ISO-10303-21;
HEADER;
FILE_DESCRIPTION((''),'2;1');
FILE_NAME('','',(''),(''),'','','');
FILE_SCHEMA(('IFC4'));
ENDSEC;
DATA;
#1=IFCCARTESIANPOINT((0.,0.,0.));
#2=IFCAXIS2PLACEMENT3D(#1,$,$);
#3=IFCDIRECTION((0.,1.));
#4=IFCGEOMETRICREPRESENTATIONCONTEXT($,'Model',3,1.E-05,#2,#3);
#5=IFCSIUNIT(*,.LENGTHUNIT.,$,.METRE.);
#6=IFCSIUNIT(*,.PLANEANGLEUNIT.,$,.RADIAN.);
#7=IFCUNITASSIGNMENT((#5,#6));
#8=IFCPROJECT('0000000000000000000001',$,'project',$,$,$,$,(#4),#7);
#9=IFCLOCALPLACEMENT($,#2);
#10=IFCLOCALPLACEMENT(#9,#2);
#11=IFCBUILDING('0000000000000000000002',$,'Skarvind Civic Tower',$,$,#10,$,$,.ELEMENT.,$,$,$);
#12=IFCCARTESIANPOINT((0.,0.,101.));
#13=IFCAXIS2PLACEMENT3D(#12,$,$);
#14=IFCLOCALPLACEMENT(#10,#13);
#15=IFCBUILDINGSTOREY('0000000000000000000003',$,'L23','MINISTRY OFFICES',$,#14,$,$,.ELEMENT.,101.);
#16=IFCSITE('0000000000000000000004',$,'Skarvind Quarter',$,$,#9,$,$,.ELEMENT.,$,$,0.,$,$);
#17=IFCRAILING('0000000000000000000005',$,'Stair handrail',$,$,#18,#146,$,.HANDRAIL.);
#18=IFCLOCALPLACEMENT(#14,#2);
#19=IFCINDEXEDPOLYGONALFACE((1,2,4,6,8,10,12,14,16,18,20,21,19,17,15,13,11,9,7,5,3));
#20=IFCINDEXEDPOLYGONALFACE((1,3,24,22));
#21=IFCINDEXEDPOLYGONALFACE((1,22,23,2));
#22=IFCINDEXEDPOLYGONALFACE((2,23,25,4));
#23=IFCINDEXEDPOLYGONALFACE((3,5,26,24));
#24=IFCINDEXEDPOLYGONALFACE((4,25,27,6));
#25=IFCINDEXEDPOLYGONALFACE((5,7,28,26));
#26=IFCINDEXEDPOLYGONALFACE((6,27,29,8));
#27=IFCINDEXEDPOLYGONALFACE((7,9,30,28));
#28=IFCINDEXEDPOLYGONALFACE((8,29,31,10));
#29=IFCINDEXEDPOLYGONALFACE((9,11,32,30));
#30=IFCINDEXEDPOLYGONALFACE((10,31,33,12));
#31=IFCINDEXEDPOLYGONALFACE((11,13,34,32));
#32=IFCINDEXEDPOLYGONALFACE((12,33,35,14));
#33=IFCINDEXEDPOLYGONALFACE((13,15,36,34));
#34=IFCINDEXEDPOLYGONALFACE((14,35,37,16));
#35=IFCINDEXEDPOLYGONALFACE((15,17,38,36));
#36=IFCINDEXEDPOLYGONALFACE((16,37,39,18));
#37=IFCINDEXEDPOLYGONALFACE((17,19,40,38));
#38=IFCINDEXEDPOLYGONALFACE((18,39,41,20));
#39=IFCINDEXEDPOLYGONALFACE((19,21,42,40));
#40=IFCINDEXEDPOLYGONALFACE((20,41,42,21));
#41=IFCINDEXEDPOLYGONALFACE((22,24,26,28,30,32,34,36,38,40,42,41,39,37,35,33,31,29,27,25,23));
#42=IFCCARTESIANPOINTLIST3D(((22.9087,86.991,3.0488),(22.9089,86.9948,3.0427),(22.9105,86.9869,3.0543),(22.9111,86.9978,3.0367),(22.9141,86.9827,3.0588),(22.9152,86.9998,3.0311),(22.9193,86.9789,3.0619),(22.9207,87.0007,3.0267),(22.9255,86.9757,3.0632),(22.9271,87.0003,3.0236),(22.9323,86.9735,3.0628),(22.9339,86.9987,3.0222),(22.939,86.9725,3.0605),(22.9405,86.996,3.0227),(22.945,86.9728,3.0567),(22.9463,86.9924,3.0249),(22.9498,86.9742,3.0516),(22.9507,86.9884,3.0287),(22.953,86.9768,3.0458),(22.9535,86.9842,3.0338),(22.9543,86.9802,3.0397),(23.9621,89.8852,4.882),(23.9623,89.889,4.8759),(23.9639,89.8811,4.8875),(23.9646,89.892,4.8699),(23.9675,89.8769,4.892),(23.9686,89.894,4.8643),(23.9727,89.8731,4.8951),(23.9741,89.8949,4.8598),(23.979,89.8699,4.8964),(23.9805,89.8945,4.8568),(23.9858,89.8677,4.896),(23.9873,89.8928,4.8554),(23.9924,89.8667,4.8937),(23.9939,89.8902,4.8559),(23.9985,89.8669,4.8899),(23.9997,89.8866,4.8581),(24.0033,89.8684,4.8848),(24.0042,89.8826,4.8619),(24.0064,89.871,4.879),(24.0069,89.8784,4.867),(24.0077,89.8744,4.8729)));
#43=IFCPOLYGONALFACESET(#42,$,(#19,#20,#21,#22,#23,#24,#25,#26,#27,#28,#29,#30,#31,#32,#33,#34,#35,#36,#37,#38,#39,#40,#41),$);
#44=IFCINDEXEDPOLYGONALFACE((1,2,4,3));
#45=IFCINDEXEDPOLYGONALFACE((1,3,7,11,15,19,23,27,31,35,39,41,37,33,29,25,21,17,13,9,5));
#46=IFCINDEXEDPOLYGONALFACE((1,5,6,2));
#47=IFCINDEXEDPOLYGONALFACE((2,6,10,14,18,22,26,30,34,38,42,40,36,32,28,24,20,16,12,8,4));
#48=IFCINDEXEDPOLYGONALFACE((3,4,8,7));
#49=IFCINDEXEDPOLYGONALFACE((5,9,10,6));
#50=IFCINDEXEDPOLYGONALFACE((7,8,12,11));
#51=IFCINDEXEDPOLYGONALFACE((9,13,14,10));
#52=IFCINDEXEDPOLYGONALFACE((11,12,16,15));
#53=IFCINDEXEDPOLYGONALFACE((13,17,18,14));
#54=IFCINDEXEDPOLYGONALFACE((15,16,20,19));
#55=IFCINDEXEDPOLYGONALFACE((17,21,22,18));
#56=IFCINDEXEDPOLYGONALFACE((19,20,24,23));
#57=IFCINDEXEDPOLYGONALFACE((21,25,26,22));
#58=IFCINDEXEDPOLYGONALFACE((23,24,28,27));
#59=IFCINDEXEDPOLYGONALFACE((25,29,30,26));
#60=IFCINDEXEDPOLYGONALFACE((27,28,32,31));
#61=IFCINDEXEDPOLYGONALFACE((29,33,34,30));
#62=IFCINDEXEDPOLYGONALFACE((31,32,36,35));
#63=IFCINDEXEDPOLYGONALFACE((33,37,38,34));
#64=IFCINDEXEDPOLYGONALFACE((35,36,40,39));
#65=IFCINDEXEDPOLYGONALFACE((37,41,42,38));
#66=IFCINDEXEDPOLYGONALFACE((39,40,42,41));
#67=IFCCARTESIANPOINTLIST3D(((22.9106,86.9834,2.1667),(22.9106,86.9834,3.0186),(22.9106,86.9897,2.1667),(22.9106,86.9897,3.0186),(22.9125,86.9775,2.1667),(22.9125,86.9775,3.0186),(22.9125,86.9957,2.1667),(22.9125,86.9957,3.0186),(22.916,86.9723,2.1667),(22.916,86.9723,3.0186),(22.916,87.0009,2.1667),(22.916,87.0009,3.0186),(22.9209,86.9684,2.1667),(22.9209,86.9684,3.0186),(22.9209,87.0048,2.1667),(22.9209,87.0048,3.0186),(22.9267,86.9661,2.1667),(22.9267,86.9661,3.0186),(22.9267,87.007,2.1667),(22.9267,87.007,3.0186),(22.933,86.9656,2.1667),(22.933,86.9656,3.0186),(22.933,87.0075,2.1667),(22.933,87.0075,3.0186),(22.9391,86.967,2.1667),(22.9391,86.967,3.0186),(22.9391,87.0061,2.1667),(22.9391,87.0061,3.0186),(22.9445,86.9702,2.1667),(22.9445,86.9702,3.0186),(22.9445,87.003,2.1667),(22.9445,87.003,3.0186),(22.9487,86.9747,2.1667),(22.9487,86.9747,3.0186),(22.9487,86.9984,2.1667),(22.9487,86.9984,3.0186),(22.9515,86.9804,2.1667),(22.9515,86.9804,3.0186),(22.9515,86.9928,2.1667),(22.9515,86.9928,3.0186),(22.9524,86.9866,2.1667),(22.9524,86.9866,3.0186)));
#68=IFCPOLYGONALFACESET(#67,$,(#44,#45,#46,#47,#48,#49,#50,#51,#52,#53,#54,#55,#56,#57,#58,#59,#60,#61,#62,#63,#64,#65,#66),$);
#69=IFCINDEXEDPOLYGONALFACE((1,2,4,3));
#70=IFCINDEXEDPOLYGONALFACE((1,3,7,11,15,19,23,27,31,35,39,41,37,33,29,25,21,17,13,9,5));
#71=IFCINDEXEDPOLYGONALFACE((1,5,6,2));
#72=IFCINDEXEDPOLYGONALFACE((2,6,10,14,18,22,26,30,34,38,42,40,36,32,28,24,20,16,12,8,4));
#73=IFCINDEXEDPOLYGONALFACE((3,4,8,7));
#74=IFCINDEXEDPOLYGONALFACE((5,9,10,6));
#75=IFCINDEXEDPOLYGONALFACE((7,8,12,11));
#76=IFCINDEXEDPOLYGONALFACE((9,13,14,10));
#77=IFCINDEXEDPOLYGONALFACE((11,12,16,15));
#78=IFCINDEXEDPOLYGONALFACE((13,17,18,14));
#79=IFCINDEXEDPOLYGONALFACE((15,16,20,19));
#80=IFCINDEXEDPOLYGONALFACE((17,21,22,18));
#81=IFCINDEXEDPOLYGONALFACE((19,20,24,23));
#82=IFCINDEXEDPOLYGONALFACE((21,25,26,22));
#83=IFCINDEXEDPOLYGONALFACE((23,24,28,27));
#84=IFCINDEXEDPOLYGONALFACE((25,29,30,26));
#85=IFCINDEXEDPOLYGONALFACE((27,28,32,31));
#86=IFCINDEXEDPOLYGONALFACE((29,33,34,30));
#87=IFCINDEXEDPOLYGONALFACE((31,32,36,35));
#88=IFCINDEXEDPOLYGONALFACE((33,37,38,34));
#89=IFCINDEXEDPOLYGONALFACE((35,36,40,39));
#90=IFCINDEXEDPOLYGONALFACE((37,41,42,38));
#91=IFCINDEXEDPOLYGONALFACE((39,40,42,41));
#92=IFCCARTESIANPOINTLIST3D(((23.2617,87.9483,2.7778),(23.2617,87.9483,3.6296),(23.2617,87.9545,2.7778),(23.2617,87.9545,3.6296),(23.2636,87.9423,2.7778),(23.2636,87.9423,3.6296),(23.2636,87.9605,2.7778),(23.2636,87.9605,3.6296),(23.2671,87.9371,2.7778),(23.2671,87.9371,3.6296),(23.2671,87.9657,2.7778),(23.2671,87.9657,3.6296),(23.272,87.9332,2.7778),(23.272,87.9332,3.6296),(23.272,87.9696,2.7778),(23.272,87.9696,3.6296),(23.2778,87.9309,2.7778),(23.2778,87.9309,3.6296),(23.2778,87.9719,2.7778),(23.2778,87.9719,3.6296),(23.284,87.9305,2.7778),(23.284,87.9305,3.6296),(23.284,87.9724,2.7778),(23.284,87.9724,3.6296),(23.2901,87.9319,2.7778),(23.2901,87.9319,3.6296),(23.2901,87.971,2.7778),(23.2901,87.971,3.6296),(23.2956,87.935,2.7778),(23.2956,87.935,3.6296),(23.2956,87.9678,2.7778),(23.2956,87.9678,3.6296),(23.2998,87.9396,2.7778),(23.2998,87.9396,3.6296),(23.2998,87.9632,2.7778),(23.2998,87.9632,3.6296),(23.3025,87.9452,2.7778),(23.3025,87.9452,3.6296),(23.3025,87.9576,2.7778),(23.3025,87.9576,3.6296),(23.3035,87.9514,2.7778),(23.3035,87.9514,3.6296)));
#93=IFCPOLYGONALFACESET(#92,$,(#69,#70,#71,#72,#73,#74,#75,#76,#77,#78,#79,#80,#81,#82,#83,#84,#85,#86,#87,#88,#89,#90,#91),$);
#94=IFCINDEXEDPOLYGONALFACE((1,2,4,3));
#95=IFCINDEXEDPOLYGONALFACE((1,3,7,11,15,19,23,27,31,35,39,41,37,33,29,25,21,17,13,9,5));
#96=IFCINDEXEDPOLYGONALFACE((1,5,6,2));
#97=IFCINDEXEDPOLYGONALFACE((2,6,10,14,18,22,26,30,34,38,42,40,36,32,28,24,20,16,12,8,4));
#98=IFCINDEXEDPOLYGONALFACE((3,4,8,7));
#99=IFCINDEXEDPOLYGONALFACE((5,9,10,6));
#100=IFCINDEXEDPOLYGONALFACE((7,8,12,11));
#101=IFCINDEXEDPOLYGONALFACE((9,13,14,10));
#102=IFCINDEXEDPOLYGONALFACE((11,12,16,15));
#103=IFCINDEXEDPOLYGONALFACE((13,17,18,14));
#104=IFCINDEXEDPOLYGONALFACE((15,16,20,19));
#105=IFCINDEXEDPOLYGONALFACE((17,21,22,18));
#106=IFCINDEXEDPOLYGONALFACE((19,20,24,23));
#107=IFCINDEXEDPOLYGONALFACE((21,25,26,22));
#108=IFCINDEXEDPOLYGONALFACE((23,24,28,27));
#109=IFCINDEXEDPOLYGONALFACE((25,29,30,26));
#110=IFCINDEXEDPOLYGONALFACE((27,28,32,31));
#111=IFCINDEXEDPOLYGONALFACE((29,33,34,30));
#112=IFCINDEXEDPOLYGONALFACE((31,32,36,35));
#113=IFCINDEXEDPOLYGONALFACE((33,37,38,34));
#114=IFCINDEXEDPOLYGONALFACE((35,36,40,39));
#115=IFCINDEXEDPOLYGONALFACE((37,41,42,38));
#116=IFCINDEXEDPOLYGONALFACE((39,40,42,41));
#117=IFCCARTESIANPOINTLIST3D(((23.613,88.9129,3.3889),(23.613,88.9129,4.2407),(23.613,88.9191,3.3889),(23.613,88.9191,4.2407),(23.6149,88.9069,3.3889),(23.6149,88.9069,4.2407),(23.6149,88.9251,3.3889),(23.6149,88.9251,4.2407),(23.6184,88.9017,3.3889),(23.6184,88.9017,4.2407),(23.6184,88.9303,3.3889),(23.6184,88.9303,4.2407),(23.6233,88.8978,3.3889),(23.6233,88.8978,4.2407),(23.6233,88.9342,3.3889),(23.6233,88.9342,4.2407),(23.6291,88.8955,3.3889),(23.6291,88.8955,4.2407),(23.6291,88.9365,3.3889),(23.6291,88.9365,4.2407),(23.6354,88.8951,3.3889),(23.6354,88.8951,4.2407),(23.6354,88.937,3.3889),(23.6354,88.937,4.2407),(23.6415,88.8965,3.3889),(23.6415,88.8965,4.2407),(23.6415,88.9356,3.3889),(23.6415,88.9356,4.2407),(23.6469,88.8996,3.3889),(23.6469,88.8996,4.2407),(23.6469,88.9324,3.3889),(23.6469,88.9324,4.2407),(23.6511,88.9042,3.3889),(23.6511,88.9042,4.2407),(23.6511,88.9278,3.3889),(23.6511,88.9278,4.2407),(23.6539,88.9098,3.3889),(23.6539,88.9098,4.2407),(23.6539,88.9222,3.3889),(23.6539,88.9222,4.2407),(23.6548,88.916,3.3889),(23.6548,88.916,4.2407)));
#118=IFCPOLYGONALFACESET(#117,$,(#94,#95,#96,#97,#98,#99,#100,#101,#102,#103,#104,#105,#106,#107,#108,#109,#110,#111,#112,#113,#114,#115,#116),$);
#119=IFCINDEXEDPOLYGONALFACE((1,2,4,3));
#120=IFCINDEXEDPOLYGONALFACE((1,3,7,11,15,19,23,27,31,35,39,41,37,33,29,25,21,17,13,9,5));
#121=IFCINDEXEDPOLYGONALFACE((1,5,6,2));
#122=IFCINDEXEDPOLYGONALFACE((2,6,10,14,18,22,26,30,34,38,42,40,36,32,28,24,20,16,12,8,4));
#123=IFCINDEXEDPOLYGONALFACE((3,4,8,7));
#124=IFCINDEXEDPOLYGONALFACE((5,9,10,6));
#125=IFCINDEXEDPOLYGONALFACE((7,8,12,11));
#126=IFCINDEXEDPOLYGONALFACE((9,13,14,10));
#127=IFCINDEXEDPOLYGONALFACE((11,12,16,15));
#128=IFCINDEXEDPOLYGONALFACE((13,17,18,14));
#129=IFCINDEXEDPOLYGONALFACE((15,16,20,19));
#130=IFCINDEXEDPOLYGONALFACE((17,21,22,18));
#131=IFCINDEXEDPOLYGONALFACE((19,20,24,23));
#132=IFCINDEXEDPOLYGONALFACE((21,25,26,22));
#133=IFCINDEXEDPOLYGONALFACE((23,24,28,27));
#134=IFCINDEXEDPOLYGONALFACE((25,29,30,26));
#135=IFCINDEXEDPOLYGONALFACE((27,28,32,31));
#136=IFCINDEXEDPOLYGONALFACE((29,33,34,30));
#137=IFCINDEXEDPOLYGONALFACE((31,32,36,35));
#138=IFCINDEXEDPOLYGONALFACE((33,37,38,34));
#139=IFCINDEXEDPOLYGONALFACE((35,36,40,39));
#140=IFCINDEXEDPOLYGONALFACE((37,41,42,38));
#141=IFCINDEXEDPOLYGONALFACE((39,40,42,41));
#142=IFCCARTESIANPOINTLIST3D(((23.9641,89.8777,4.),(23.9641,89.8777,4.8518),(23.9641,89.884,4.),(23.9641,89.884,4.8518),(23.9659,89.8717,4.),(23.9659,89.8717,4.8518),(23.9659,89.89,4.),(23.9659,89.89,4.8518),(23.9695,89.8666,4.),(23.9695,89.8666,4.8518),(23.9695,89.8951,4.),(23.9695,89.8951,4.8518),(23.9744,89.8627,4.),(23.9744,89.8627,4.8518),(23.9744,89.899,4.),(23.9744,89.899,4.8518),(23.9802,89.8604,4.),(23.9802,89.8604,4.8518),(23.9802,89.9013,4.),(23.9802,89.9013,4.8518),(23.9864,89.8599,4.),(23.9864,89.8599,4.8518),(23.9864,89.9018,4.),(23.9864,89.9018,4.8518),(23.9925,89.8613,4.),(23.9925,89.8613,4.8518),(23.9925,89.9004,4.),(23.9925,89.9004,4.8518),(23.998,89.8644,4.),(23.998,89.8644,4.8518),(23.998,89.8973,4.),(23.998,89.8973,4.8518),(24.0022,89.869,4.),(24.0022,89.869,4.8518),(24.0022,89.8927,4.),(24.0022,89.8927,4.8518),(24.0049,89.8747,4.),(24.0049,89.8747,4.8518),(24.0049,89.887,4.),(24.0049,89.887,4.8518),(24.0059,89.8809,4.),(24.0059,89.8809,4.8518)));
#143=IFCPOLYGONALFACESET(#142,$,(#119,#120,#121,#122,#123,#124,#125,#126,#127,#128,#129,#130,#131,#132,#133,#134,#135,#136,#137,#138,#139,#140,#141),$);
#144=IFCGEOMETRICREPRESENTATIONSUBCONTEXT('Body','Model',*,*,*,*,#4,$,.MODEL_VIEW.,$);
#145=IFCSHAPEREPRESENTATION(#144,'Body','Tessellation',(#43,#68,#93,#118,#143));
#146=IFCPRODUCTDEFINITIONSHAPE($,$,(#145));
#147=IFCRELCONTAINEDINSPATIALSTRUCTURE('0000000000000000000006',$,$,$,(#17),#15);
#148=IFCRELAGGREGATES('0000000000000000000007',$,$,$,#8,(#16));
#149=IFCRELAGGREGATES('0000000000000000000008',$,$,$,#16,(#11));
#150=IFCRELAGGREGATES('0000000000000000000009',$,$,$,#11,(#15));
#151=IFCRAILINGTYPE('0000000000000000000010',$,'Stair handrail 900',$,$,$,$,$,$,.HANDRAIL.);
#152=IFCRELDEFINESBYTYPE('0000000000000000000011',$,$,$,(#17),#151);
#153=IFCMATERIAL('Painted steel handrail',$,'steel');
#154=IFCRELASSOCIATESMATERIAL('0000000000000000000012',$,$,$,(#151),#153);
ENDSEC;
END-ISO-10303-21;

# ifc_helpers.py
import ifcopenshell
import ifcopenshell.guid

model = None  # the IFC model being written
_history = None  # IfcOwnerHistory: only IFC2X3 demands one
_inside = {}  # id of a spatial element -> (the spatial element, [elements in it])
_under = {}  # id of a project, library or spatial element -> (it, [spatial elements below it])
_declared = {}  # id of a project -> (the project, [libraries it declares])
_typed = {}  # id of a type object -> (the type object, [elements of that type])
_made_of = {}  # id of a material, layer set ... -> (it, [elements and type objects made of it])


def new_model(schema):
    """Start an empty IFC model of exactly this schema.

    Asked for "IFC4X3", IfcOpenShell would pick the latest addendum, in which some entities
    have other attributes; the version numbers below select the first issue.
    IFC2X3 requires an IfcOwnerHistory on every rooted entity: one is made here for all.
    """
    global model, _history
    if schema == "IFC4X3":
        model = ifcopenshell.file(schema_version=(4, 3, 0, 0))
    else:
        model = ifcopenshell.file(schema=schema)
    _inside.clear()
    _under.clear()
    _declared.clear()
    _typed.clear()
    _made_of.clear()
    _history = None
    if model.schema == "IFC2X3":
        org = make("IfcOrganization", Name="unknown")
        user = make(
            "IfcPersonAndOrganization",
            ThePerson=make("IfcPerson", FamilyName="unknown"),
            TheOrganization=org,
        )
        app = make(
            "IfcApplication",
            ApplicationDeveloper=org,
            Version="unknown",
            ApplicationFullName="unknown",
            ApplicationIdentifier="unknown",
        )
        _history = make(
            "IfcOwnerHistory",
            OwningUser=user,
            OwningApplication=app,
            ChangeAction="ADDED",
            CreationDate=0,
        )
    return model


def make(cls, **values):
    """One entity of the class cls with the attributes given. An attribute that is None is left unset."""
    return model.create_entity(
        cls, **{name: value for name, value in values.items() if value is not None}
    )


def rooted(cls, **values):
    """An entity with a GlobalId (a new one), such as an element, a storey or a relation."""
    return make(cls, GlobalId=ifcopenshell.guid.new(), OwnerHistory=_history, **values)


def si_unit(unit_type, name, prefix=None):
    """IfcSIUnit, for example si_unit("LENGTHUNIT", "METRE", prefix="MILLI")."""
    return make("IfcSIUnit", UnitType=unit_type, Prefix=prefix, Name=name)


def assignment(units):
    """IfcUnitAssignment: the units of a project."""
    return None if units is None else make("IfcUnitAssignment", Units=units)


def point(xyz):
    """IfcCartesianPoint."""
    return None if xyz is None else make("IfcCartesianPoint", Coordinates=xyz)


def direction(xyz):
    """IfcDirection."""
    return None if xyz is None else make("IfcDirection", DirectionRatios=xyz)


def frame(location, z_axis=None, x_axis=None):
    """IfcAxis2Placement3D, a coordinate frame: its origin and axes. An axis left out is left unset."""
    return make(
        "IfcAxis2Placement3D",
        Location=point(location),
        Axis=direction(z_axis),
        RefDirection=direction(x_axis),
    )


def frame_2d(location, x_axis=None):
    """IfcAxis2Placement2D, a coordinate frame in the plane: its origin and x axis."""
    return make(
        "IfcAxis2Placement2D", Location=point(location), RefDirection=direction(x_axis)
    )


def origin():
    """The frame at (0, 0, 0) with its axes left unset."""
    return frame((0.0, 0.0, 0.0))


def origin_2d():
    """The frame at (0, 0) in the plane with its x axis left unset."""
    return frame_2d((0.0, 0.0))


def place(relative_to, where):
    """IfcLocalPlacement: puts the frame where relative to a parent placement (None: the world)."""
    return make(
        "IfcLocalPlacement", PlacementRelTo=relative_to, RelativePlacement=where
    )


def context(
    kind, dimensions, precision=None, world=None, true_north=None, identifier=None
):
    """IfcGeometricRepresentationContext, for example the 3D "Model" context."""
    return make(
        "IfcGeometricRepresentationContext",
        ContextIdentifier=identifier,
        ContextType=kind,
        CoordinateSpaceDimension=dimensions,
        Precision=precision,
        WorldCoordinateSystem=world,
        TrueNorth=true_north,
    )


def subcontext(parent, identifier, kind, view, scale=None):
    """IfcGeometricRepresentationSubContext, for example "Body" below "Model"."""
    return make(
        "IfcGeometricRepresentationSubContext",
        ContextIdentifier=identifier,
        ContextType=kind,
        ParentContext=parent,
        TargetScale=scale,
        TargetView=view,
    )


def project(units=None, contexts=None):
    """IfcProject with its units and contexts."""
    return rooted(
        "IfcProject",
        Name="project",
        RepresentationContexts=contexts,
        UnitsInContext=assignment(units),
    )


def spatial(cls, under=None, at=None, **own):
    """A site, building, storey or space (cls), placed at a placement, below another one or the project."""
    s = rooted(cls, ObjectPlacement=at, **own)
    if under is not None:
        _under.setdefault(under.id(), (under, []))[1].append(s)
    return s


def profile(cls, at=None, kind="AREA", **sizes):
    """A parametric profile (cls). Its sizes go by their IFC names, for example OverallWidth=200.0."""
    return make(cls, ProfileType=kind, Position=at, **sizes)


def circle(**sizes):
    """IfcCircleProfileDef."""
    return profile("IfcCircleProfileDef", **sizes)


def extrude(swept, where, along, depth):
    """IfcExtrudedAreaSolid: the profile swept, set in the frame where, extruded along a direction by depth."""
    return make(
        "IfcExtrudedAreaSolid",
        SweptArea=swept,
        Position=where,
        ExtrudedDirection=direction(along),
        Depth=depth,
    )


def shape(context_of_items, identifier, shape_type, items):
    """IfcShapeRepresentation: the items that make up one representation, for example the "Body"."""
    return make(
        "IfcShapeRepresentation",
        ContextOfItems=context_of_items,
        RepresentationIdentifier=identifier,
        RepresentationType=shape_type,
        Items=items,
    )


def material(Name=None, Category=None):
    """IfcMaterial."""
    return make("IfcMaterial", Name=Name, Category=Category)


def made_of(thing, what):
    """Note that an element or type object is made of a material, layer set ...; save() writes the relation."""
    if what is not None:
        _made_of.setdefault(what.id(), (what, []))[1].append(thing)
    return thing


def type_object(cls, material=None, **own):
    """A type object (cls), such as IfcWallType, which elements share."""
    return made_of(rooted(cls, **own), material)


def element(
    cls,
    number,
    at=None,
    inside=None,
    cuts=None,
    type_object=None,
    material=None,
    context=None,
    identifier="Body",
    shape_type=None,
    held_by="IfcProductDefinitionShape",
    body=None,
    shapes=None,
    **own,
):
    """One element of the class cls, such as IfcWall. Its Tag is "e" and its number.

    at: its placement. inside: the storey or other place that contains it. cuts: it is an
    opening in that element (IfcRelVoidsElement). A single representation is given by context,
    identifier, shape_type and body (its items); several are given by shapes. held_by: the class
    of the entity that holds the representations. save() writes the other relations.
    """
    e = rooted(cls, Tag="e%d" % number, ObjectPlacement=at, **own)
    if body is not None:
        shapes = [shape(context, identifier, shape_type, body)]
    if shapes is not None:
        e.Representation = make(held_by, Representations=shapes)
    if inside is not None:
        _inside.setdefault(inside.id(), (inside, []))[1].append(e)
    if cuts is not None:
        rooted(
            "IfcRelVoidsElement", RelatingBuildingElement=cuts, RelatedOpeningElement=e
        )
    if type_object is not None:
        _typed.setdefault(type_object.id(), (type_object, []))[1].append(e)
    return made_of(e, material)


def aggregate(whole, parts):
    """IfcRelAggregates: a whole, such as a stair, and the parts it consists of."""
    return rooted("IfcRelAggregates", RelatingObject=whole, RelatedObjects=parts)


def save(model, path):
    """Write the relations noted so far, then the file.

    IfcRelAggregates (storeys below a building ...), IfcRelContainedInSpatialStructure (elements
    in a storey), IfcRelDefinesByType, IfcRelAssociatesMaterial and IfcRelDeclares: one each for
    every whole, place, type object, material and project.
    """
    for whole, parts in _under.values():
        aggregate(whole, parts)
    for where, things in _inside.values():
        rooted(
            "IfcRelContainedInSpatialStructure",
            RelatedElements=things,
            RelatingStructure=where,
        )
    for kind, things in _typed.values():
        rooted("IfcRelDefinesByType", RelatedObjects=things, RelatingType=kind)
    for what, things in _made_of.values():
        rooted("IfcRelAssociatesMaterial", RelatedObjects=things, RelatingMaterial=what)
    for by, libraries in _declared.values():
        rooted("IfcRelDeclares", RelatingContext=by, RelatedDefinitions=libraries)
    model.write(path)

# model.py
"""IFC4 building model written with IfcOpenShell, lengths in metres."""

from ifc_helpers import new_model, si_unit, direction, frame, origin, origin_2d, place, context, subcontext, project, spatial, circle, extrude, material, type_object, element, save


model = new_model("IFC4")

# Units and contexts
model_context = context("Model", 3, precision=1e-05, world=origin(), true_north=direction((0.0, 1.0)))
body_context = subcontext(model_context, "Body", "Model", "MODEL_VIEW")
ifc_project = project(units=[si_unit("LENGTHUNIT", "METRE"), si_unit("PLANEANGLEUNIT", "RADIAN")], contexts=[model_context])

# Site, building, storey
site_placement = place(None, origin())
site = spatial("IfcSite", under=ifc_project, at=site_placement, Name="Skarvind Quarter", CompositionType="ELEMENT", RefElevation=0.0)
building_placement = place(site_placement, origin())
building = spatial("IfcBuilding", under=site, at=building_placement, Name="Skarvind Civic Tower", CompositionType="ELEMENT")
storey_placement = place(building_placement, frame((0.0, 0.0, 101.0)))
storey = spatial("IfcBuildingStorey", under=building, at=storey_placement, Name="L23", Description="MINISTRY OFFICES", CompositionType="ELEMENT", Elevation=101.0)

# Railing
ifc_material_1 = material(Name="Painted steel handrail", Category="steel")
railing_type = type_object("IfcRailingType", Name="Stair handrail 900", PredefinedType="HANDRAIL", material=ifc_material_1)
railing_1_placement = place(storey_placement, frame((22.9314, 86.9866, 2.1667)))
element("IfcRailing", 1, at=railing_1_placement, inside=storey, type_object=railing_type, Name="Stair handrail", PredefinedType="HANDRAIL", context=body_context, shape_type="SweptSolid", body=[
    extrude(circle(Radius=0.0239, at=origin_2d()), frame((0.0, 0.0, 0.876), z_axis=(0.293908, 0.807481, 0.511461), x_axis=(-0.939689, 0.342029, 0.0)), (0.0, 0.0, 1.0), 3.5842),
    extrude(circle(Radius=0.021, at=origin_2d()), origin(), (0.0, 0.0, 1.0), 0.8518),
    extrude(circle(Radius=0.021, at=origin_2d()), frame((0.3511, 0.9648, 0.6111)), (0.0, 0.0, 1.0), 0.8518),
    extrude(circle(Radius=0.021, at=origin_2d()), frame((0.7024, 1.9294, 1.2222)), (0.0, 0.0, 1.0), 0.8518),
    extrude(circle(Radius=0.021, at=origin_2d()), frame((1.0535, 2.8943, 1.8333)), (0.0, 0.0, 1.0), 0.8518),
])

save(model, "model.ifc")
